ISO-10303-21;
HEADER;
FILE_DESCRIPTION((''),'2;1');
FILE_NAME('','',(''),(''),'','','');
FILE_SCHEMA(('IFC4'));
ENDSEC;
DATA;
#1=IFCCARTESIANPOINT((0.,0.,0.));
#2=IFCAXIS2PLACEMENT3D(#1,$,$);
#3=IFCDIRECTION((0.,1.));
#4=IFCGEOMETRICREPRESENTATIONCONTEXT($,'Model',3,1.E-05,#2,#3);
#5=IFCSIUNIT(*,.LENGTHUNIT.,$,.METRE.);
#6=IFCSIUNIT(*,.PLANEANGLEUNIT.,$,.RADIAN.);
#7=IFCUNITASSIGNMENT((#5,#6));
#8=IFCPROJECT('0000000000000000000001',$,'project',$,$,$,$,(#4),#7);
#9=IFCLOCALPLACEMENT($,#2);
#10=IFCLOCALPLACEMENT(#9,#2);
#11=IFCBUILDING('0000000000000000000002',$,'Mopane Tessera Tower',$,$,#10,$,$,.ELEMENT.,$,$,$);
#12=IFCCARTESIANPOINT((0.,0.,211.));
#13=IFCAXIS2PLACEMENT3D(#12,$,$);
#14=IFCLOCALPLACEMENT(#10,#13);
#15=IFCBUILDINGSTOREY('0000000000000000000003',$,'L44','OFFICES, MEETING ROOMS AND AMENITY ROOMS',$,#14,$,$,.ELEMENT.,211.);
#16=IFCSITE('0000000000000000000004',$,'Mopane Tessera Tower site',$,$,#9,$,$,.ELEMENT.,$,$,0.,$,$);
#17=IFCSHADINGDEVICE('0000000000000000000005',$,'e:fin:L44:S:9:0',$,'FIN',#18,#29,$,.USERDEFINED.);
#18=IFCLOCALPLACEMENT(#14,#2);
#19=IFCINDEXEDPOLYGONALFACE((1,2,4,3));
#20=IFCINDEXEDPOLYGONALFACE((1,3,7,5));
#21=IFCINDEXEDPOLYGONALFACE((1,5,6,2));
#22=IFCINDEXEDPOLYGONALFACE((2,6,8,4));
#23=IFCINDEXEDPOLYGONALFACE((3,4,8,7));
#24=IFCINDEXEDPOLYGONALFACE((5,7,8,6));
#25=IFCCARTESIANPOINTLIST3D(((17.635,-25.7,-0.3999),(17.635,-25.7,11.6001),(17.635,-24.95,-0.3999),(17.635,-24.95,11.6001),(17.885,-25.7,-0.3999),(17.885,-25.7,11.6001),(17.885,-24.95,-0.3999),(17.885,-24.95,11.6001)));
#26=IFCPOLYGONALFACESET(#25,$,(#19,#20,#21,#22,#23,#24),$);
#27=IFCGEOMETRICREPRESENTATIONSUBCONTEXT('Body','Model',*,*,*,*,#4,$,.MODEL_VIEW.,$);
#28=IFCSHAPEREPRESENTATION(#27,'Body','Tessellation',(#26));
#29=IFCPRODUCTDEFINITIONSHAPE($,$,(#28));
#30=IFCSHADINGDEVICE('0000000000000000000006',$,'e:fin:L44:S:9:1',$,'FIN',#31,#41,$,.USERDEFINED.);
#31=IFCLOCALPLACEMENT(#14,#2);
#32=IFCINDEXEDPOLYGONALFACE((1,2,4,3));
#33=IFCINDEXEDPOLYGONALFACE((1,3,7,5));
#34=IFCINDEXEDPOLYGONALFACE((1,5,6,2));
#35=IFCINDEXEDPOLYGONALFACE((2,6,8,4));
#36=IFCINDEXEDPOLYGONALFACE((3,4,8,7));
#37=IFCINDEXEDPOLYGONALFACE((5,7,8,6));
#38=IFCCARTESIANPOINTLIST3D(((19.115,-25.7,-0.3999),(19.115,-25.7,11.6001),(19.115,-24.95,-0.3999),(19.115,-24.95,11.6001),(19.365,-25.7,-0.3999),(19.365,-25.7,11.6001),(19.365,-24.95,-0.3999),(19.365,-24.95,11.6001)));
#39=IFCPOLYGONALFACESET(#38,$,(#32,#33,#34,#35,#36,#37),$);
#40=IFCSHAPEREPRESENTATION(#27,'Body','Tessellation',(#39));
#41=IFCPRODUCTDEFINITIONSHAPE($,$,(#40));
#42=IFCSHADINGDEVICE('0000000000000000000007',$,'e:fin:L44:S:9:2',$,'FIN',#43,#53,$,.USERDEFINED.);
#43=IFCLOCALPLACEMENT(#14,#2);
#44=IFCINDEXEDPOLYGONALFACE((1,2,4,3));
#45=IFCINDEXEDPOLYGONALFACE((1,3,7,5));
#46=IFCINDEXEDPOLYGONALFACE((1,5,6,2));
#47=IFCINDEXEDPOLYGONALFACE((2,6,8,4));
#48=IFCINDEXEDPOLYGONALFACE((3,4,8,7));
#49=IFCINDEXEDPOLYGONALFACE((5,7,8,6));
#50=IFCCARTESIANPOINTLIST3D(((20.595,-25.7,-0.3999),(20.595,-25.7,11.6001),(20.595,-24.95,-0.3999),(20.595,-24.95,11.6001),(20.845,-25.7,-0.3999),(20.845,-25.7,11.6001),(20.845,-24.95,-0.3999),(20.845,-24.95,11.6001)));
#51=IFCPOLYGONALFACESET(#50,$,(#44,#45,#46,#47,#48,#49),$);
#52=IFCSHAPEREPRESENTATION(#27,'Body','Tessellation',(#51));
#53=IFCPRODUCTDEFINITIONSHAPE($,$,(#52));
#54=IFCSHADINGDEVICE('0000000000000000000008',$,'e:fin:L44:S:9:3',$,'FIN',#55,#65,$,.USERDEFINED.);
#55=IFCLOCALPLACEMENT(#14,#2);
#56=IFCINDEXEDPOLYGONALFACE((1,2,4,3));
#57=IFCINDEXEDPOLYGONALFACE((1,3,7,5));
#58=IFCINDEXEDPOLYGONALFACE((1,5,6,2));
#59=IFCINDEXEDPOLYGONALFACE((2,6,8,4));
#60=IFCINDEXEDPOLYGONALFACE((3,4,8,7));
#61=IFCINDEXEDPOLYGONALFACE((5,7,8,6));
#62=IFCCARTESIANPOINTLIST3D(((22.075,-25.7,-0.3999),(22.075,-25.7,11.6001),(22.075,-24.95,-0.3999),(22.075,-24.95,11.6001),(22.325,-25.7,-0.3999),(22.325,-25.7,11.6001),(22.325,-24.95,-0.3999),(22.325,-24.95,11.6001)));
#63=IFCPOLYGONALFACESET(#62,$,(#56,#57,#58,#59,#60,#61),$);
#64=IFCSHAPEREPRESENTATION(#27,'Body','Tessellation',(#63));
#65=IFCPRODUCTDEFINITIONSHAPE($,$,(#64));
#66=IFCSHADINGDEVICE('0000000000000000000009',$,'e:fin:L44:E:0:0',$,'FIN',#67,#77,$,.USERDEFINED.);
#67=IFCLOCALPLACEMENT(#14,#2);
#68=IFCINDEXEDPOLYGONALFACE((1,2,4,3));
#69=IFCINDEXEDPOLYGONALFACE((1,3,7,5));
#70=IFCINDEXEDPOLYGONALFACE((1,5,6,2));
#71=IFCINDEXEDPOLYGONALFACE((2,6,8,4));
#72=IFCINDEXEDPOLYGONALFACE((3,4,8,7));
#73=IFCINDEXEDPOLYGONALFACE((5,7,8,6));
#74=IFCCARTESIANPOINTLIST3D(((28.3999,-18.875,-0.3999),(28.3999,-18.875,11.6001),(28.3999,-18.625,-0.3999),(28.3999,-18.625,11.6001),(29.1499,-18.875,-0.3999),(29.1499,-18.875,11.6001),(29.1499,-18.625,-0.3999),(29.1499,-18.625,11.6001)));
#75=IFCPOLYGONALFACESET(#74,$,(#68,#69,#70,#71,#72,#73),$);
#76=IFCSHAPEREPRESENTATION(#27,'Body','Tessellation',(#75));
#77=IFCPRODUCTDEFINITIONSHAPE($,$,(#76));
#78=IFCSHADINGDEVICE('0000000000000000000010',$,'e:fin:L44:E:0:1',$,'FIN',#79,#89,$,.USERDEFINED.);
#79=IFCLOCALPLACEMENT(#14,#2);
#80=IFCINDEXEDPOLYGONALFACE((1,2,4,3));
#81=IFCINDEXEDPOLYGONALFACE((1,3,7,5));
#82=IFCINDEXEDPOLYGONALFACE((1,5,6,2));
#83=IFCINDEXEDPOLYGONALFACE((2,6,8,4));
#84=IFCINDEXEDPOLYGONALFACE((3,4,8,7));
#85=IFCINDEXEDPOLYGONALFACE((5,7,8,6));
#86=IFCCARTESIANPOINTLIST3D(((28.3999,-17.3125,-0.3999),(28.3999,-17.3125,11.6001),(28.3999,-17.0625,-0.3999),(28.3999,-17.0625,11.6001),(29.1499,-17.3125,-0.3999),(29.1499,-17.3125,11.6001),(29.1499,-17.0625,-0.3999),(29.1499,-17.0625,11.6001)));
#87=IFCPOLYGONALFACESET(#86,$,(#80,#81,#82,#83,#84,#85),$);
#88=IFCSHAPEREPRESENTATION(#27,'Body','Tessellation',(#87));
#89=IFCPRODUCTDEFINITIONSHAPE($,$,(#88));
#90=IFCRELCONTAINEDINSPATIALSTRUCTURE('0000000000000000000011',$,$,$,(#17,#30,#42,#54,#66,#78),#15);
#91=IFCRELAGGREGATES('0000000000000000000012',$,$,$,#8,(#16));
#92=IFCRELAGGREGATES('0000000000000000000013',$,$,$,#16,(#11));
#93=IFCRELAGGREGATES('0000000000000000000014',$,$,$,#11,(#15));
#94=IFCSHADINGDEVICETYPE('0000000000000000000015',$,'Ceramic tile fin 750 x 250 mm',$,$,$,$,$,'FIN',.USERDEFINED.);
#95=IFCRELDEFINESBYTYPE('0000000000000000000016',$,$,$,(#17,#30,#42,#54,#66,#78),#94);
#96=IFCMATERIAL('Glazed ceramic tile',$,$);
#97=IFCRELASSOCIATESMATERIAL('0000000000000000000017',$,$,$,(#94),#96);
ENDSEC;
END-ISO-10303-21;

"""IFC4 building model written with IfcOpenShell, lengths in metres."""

from ifc_helpers import new_model, si_unit, direction, frame, origin, origin_2d, place, context, subcontext, project, spatial, rectangle, extrude, material, type_object, element, save


model = new_model("IFC4")

# Units and contexts
model_context = context("Model", 3, precision=1e-05, world=origin(), true_north=direction((0.0, 1.0)))
body_context = subcontext(model_context, "Body", "Model", "MODEL_VIEW")
ifc_project = project(units=[si_unit("LENGTHUNIT", "METRE"), si_unit("PLANEANGLEUNIT", "RADIAN")], contexts=[model_context])

# Site, building, storey
site_placement = place(None, origin())
site = spatial("IfcSite", under=ifc_project, at=site_placement, Name="Mopane Tessera Tower site", CompositionType="ELEMENT", RefElevation=0.0)
building_placement = place(site_placement, origin())
building = spatial("IfcBuilding", under=site, at=building_placement, Name="Mopane Tessera Tower", CompositionType="ELEMENT")
storey_placement = place(building_placement, frame((0.0, 0.0, 211.0)))
storey = spatial("IfcBuildingStorey", under=building, at=storey_placement, Name="L44", Description="OFFICES, MEETING ROOMS AND AMENITY ROOMS", CompositionType="ELEMENT", Elevation=211.0)

# Shading devices
ifc_material_1 = material(Name="Glazed ceramic tile")
shading_device_type = type_object("IfcShadingDeviceType", Name="Ceramic tile fin 750 x 250 mm", ElementType="FIN", PredefinedType="USERDEFINED", material=ifc_material_1)
for number, where, z_axis, x_axis, name in (
    (1, (17.76, -25.325, -0.3999), (0.0, 0.0, 1.0), (1.0, 0.0, 0.0), "e:fin:L44:S:9:0"),
    (2, (19.24, -25.325, -0.3999), (0.0, 0.0, 1.0), (1.0, 0.0, 0.0), "e:fin:L44:S:9:1"),
    (3, (20.72, -25.325, -0.3999), (0.0, 0.0, 1.0), (1.0, 0.0, 0.0), "e:fin:L44:S:9:2"),
    (4, (22.2, -25.325, -0.3999), (0.0, 0.0, 1.0), (1.0, 0.0, 0.0), "e:fin:L44:S:9:3"),
    (5, (28.7749, -18.75, -0.3999), (0.0, 0.0, 1.0), (0.0, 1.0, 0.0), "e:fin:L44:E:0:0"),
    (6, (28.7749, -17.1875, -0.3999), (0.0, 0.0, 1.0), (0.0, 1.0, 0.0), "e:fin:L44:E:0:1"),
):
    element("IfcShadingDevice", number, at=place(storey_placement, frame(where, z_axis=z_axis, x_axis=x_axis)), inside=storey, type_object=shading_device_type, Name=name, ObjectType="FIN", PredefinedType="USERDEFINED", context=body_context, shape_type="SweptSolid", body=[
        extrude(rectangle(XDim=0.25, YDim=0.75, at=origin_2d()), origin(), (0.0, 0.0, 1.0), 12.0),
    ])

save(model, "model.ifc")
